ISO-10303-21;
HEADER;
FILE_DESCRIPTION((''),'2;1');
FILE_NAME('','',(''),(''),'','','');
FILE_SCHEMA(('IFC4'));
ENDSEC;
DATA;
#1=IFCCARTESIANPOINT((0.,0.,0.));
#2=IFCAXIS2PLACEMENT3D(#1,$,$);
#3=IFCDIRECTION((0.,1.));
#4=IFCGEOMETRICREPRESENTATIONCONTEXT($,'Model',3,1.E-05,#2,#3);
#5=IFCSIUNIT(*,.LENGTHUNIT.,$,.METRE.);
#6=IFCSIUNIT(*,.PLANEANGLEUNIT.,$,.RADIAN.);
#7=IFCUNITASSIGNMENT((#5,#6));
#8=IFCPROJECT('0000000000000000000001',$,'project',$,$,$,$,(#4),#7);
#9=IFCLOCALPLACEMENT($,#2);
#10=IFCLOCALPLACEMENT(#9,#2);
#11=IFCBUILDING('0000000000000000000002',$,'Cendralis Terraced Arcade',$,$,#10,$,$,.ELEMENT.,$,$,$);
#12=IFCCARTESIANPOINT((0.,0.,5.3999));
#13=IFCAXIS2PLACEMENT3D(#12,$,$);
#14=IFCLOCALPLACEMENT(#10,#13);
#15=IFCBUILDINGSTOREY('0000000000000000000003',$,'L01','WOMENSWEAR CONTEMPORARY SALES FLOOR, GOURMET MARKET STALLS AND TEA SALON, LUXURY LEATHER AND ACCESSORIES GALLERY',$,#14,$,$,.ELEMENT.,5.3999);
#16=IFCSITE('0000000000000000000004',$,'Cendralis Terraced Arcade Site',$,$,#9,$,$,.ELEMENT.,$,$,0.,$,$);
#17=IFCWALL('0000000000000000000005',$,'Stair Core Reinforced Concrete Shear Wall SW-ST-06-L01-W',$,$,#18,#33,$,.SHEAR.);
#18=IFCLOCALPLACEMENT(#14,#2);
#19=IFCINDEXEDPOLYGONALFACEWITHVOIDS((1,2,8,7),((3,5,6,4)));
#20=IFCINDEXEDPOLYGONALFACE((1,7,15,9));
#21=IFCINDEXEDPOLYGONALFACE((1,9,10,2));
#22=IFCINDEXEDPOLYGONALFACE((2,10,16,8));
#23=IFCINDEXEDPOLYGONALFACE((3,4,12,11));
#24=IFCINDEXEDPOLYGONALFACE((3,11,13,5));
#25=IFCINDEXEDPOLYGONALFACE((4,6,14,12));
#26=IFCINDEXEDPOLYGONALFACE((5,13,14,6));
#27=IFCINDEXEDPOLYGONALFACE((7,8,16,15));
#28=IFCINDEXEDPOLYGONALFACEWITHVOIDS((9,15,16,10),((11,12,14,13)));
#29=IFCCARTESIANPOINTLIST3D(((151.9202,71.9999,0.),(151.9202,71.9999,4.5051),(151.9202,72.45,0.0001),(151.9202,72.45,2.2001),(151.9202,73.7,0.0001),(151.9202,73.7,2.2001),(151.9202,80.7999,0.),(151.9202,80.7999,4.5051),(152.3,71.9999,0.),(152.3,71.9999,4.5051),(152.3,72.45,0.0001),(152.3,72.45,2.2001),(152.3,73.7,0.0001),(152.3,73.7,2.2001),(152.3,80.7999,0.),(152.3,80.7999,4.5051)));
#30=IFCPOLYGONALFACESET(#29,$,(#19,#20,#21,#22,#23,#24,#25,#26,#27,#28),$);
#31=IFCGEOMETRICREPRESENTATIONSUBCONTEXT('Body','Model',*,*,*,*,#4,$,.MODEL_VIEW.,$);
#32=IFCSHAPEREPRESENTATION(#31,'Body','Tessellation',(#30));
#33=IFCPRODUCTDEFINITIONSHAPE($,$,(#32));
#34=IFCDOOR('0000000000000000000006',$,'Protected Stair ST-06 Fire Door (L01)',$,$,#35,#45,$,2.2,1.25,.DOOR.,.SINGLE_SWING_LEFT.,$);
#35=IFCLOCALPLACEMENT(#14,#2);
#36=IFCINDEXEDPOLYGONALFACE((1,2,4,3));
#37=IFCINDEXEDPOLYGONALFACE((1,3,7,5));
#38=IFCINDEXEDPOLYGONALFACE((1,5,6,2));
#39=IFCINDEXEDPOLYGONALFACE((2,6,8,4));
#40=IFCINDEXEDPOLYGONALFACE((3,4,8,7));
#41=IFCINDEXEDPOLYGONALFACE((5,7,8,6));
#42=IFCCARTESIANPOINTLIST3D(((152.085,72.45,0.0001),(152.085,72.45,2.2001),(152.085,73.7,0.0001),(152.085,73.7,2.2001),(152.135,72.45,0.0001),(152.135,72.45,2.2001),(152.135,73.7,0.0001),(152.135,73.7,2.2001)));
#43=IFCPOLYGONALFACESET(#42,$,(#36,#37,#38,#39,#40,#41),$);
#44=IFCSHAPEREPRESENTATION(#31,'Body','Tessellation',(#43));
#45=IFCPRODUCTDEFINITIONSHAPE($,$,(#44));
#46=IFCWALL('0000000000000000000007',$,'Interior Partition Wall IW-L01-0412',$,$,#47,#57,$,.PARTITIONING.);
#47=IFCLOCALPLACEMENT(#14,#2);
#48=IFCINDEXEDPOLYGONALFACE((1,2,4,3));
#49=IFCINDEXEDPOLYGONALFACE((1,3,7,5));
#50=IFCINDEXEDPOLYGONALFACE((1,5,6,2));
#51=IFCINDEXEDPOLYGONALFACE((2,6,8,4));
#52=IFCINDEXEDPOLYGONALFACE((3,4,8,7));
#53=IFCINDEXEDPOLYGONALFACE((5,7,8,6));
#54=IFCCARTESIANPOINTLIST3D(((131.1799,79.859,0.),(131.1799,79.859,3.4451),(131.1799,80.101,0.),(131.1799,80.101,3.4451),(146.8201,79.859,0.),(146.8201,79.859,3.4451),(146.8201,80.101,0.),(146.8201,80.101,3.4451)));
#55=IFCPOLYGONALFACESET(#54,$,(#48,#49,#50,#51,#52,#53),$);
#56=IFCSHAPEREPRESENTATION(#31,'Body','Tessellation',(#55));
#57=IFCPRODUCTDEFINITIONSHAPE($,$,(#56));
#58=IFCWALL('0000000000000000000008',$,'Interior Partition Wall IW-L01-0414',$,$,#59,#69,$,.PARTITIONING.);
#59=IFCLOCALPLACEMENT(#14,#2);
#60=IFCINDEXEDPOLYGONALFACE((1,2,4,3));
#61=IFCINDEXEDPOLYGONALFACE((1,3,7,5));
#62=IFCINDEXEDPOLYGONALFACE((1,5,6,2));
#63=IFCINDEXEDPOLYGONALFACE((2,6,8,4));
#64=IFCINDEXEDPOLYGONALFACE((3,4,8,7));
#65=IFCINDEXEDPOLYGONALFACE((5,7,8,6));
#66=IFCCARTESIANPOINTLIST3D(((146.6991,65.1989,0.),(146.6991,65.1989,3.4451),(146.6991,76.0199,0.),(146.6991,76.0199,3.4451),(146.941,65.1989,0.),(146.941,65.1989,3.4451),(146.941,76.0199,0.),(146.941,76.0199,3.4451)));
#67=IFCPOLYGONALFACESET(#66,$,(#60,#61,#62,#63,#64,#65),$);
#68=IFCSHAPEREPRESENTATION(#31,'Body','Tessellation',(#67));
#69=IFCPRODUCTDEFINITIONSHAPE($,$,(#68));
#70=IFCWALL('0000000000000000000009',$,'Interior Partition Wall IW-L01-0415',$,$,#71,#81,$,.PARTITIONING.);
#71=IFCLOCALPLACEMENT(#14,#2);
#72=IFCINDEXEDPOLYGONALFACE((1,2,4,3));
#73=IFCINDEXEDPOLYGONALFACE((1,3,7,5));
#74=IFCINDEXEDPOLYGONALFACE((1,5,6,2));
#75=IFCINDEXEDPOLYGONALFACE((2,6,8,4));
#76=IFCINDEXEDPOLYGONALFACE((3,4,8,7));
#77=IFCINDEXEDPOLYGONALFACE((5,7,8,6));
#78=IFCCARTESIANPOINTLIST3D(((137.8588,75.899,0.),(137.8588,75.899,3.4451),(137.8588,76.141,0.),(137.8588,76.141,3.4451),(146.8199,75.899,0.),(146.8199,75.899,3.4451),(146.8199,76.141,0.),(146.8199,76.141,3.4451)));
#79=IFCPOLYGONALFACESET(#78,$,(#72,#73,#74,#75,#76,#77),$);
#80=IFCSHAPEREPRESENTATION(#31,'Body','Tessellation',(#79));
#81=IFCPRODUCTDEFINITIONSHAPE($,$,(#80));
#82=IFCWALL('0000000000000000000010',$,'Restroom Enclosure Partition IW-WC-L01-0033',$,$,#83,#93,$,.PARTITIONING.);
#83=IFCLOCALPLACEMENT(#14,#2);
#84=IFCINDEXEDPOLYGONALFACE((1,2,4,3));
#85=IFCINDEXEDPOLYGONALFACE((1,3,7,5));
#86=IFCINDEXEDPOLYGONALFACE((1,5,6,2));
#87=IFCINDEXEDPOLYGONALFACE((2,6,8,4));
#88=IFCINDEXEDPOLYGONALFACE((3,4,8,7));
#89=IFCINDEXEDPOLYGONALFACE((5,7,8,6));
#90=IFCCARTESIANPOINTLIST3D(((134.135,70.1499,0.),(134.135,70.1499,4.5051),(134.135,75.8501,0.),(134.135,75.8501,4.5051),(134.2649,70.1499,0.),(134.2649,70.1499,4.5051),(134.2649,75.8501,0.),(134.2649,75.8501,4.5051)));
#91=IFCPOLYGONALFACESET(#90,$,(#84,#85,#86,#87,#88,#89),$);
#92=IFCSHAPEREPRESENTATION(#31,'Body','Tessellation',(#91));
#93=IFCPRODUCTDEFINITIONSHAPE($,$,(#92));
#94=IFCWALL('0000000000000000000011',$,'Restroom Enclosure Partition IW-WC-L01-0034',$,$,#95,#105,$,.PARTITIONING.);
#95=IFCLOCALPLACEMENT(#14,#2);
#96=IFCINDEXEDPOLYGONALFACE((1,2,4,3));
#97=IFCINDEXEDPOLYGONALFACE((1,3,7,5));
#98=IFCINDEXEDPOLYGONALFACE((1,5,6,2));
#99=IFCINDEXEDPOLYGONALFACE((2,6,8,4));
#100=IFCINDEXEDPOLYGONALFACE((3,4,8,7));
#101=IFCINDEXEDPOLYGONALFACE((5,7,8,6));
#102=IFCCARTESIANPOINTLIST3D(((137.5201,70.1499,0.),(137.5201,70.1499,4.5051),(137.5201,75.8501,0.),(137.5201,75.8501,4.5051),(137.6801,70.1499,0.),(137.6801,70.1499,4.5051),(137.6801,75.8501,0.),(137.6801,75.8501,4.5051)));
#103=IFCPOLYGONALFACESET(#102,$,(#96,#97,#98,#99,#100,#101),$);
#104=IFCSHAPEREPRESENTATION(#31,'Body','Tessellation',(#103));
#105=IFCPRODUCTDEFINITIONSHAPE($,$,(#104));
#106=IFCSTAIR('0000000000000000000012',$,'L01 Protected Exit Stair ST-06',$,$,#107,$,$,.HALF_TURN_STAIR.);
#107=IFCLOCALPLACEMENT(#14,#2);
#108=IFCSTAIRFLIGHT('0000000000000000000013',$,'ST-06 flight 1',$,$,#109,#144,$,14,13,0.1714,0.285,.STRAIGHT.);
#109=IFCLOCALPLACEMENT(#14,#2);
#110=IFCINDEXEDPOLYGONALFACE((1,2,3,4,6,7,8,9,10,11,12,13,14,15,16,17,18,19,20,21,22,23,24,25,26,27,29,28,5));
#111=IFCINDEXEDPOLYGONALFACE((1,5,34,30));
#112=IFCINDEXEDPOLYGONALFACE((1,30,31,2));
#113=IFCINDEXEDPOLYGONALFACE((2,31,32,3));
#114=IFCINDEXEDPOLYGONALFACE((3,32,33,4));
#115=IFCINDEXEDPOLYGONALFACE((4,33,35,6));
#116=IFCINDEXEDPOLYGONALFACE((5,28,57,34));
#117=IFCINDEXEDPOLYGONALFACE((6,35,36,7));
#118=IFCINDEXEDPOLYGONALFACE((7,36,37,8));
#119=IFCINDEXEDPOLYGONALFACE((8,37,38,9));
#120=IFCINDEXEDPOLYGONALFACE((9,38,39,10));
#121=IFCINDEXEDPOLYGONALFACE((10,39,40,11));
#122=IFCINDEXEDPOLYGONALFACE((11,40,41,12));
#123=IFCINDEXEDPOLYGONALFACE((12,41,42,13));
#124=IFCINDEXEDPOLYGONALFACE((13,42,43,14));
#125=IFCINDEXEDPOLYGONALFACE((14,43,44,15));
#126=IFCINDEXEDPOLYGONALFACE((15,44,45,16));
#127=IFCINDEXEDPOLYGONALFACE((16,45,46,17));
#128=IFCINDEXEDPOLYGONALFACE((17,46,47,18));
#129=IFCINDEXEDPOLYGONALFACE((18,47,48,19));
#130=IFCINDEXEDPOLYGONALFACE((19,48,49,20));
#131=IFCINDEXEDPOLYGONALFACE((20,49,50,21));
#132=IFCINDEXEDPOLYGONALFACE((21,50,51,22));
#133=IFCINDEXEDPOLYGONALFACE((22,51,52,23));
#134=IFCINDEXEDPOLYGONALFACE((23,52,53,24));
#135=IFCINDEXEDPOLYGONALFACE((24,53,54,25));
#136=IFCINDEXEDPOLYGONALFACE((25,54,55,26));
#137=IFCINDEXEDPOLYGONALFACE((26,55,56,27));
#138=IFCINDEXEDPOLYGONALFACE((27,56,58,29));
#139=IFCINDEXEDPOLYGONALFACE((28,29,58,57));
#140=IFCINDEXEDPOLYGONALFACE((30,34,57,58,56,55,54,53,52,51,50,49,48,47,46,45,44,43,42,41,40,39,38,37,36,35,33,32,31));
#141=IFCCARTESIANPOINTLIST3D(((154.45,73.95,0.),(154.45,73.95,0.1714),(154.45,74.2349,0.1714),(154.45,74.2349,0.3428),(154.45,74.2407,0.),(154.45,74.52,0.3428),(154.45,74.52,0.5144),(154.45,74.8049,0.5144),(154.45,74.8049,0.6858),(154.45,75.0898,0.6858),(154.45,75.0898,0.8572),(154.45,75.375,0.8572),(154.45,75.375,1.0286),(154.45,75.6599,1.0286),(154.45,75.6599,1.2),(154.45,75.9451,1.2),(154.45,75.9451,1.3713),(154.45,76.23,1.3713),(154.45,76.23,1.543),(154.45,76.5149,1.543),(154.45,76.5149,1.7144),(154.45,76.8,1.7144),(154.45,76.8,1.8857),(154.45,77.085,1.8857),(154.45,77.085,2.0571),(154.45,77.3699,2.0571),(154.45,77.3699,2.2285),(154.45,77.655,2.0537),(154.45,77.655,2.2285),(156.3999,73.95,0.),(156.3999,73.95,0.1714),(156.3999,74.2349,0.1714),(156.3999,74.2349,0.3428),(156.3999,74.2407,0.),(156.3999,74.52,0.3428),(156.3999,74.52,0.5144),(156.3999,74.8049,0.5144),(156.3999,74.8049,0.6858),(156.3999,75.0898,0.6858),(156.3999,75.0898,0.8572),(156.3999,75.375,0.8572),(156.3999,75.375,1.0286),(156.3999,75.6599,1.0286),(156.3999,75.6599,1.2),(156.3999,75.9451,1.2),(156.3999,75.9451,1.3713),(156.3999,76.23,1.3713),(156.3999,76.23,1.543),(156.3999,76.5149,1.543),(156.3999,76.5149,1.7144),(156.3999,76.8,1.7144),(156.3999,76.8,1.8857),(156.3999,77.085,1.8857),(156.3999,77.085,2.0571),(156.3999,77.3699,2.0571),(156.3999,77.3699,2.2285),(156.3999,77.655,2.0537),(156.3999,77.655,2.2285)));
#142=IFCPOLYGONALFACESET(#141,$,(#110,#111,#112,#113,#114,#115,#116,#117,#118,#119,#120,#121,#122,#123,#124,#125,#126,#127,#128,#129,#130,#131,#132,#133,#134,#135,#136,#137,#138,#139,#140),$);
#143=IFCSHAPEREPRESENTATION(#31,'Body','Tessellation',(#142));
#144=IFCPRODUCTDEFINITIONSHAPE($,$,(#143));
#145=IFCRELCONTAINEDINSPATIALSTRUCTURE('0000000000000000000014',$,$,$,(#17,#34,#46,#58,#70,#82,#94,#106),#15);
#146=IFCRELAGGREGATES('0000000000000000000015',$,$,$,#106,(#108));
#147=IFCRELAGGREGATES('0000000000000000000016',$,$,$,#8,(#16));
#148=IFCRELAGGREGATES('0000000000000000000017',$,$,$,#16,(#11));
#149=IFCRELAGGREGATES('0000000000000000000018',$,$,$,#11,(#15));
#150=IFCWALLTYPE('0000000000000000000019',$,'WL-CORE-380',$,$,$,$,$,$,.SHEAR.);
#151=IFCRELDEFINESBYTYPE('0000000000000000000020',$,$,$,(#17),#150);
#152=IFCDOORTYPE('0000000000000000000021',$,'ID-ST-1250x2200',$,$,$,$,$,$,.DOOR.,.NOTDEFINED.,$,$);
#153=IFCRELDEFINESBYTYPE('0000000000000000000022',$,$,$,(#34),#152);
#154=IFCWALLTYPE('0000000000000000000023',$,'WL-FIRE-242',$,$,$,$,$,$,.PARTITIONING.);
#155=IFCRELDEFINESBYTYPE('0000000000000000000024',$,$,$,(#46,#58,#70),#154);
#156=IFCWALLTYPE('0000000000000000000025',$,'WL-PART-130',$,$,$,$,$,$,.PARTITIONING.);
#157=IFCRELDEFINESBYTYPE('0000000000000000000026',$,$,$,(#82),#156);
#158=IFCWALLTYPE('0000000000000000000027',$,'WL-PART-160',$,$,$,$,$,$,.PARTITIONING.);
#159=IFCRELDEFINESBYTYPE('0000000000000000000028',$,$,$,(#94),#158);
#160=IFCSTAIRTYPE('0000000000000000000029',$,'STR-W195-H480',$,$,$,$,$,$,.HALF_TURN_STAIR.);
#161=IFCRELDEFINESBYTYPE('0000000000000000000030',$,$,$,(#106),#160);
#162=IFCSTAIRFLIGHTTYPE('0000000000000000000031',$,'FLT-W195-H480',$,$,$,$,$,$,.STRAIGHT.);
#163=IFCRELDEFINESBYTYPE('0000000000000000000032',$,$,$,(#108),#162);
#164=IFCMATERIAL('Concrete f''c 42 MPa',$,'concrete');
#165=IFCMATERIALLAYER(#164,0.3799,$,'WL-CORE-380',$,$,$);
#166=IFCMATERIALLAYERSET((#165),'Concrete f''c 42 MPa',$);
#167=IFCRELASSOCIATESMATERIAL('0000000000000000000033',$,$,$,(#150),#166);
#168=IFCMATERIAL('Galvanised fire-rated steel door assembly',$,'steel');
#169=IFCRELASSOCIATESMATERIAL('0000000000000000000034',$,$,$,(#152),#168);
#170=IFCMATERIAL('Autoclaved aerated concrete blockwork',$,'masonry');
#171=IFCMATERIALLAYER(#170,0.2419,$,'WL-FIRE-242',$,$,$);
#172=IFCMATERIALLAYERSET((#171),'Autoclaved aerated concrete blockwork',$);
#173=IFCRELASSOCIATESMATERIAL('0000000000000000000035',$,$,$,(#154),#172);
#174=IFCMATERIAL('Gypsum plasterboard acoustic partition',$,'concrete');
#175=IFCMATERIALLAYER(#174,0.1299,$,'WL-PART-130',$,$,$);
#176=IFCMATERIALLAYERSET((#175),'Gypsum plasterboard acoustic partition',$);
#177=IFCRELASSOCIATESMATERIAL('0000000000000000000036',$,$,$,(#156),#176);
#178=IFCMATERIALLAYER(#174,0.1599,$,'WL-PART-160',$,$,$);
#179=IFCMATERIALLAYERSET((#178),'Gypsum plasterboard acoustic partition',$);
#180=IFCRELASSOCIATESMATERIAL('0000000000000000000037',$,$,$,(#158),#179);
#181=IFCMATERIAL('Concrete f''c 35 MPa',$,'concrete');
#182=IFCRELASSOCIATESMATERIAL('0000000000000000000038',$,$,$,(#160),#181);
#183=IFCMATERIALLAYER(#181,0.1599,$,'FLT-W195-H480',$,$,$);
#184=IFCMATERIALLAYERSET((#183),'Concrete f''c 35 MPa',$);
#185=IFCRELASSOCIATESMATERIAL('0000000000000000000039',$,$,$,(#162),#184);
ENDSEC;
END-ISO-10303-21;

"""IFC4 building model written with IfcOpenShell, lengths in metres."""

from ifc_helpers import new_model, si_unit, direction, frame, frame_2d, origin, place, context, subcontext, project, spatial, polyline, rectangle, outline, extrude, material, layer, layer_set, type_object, element, fill, aggregate, save


model = new_model("IFC4")

# Units and contexts
model_context = context("Model", 3, precision=1e-05, world=origin(), true_north=direction((0.0, 1.0)))
body_context = subcontext(model_context, "Body", "Model", "MODEL_VIEW")
ifc_project = project(units=[si_unit("LENGTHUNIT", "METRE"), si_unit("PLANEANGLEUNIT", "RADIAN")], contexts=[model_context])

# Site, building, storey
site_placement = place(None, origin())
site = spatial("IfcSite", under=ifc_project, at=site_placement, Name="Cendralis Terraced Arcade Site", CompositionType="ELEMENT", RefElevation=0.0)
building_placement = place(site_placement, origin())
building = spatial("IfcBuilding", under=site, at=building_placement, Name="Cendralis Terraced Arcade", CompositionType="ELEMENT")
storey_placement = place(building_placement, frame((0.0, 0.0, 5.3999)))
storey = spatial("IfcBuildingStorey", under=building, at=storey_placement, Name="L01", Description="WOMENSWEAR CONTEMPORARY SALES FLOOR, GOURMET MARKET STALLS AND TEA SALON, LUXURY LEATHER AND ACCESSORIES GALLERY", CompositionType="ELEMENT", Elevation=5.3999)

# Shared definitions
ifc_material_1 = material(Name="Concrete f'c 42 MPa", Category="concrete")

# Shared definitions
ifc_material_2 = material(Name="Concrete f'c 35 MPa", Category="concrete")

# Shared definitions
ifc_layer_1 = layer(ifc_material_1, 0.3799, Name="WL-CORE-380")
ifc_layer_set_1 = layer_set([ifc_layer_1], Name="Concrete f'c 42 MPa")
wall_type_1 = type_object("IfcWallType", Name="WL-CORE-380", PredefinedType="SHEAR", material=ifc_layer_set_1)

# Wall, opening, door
wall_1_placement = place(storey_placement, frame((152.1101, 72.0, 0.0), z_axis=(0.0, 0.0, 1.0), x_axis=(0.0, 1.0, 0.0)))
wall_1 = element("IfcWall", 1, at=wall_1_placement, inside=storey, type_object=wall_type_1, Name="Stair Core Reinforced Concrete Shear Wall SW-ST-06-L01-W", PredefinedType="SHEAR", context=body_context, shape_type="SweptSolid", body=[
    extrude(rectangle(XDim=8.8, YDim=0.3799, at=frame_2d((4.3999, 0.0))), origin(), (0.0, 0.0, 1.0), 4.5051),
])
opening_1_placement = place(wall_1_placement, frame((0.45, 0.0, 0.0)))
opening_1 = element("IfcOpeningElement", 2, at=opening_1_placement, cuts=wall_1, PredefinedType="OPENING", context=body_context, shape_type="SweptSolid", body=[
    extrude(rectangle(XDim=1.25, YDim=2.2, at=frame_2d((0.625, 1.1001))), frame((0.0, 0.2019, 0.0), z_axis=(0.0, -1.0, 0.0), x_axis=(1.0, 0.0, 0.0)), (0.0, 0.0, 1.0), 0.4038),
])
ifc_material_3 = material(Name="Galvanised fire-rated steel door assembly", Category="steel")
door_type_1 = type_object("IfcDoorType", Name="ID-ST-1250x2200", OperationType="NOTDEFINED", PredefinedType="DOOR", material=ifc_material_3)
door_1_placement = place(opening_1_placement, frame((1.25, 0.0, 0.0), z_axis=(0.0, 0.0, 1.0), x_axis=(-1.0, 0.0, 0.0)))
door_1 = element("IfcDoor", 3, at=door_1_placement, inside=storey, type_object=door_type_1, Name="Protected Stair ST-06 Fire Door (L01)", OperationType="SINGLE_SWING_LEFT", OverallHeight=2.2, OverallWidth=1.25, PredefinedType="DOOR", context=body_context, shape_type="SweptSolid", body=[
    extrude(rectangle(XDim=1.25, YDim=2.2, at=frame_2d((0.625, 1.1001))), frame((0.0, 0.0249, 0.0), z_axis=(0.0, -1.0, 0.0), x_axis=(1.0, 0.0, 0.0)), (0.0, 0.0, 1.0), 0.05),
])
fill(opening_1, door_1)

# Walls
ifc_material_4 = material(Name="Autoclaved aerated concrete blockwork", Category="masonry")
ifc_layer_2 = layer(ifc_material_4, 0.2419, Name="WL-FIRE-242")
ifc_layer_set_2 = layer_set([ifc_layer_2], Name="Autoclaved aerated concrete blockwork")
wall_type_2 = type_object("IfcWallType", Name="WL-FIRE-242", PredefinedType="PARTITIONING", material=ifc_layer_set_2)
wall_2_placement = place(storey_placement, frame((146.8201, 79.98, 0.0), z_axis=(0.0, 0.0, 1.0), x_axis=(-1.0, 0.0, 0.0)))
element("IfcWall", 4, at=wall_2_placement, inside=storey, type_object=wall_type_2, Name="Interior Partition Wall IW-L01-0412", PredefinedType="PARTITIONING", context=body_context, shape_type="SweptSolid", body=[
    extrude(rectangle(XDim=15.6401, YDim=0.2419, at=frame_2d((7.8201, 0.0))), origin(), (0.0, 0.0, 1.0), 3.4451),
])
wall_3_placement = place(storey_placement, frame((146.8201, 76.02, 0.0), z_axis=(0.0, 0.0, 1.0), x_axis=(0.0, -1.0, 0.0)))
element("IfcWall", 5, at=wall_3_placement, inside=storey, type_object=wall_type_2, Name="Interior Partition Wall IW-L01-0414", PredefinedType="PARTITIONING", context=body_context, shape_type="SweptSolid", body=[
    extrude(rectangle(XDim=10.821, YDim=0.2419, at=frame_2d((5.4106, 0.0))), origin(), (0.0, 0.0, 1.0), 3.4451),
])
wall_4_placement = place(storey_placement, frame((137.8589, 76.02, 0.0), z_axis=(0.0, 0.0, 1.0), x_axis=(1.0, 0.0, 0.0)))
element("IfcWall", 6, at=wall_4_placement, inside=storey, type_object=wall_type_2, Name="Interior Partition Wall IW-L01-0415", PredefinedType="PARTITIONING", context=body_context, shape_type="SweptSolid", body=[
    extrude(rectangle(XDim=8.9612, YDim=0.2419, at=frame_2d((4.4805, 0.0))), origin(), (0.0, 0.0, 1.0), 3.4451),
])
ifc_material_5 = material(Name="Gypsum plasterboard acoustic partition", Category="concrete")
ifc_layer_3 = layer(ifc_material_5, 0.1299, Name="WL-PART-130")
ifc_layer_set_3 = layer_set([ifc_layer_3], Name="Gypsum plasterboard acoustic partition")
wall_type_3 = type_object("IfcWallType", Name="WL-PART-130", PredefinedType="PARTITIONING", material=ifc_layer_set_3)
wall_5_placement = place(storey_placement, frame((134.2, 70.1499, 0.0), z_axis=(0.0, 0.0, 1.0), x_axis=(0.0, 1.0, 0.0)))
element("IfcWall", 7, at=wall_5_placement, inside=storey, type_object=wall_type_3, Name="Restroom Enclosure Partition IW-WC-L01-0033", PredefinedType="PARTITIONING", context=body_context, shape_type="SweptSolid", body=[
    extrude(rectangle(XDim=5.7002, YDim=0.1299, at=frame_2d((2.8501, 0.0))), origin(), (0.0, 0.0, 1.0), 4.5051),
])
ifc_layer_4 = layer(ifc_material_5, 0.1599, Name="WL-PART-160")
ifc_layer_set_4 = layer_set([ifc_layer_4], Name="Gypsum plasterboard acoustic partition")
wall_type_4 = type_object("IfcWallType", Name="WL-PART-160", PredefinedType="PARTITIONING", material=ifc_layer_set_4)
wall_6_placement = place(storey_placement, frame((137.6001, 70.1499, 0.0), z_axis=(0.0, 0.0, 1.0), x_axis=(0.0, 1.0, 0.0)))
element("IfcWall", 8, at=wall_6_placement, inside=storey, type_object=wall_type_4, Name="Restroom Enclosure Partition IW-WC-L01-0034", PredefinedType="PARTITIONING", context=body_context, shape_type="SweptSolid", body=[
    extrude(rectangle(XDim=5.7002, YDim=0.1599, at=frame_2d((2.8501, 0.0))), origin(), (0.0, 0.0, 1.0), 4.5051),
])

# Stair, stair flight
stair_type = type_object("IfcStairType", Name="STR-W195-H480", PredefinedType="HALF_TURN_STAIR", material=ifc_material_2)
stair_placement = place(storey_placement, origin())
stair = element("IfcStair", 9, at=stair_placement, inside=storey, type_object=stair_type, Name="L01 Protected Exit Stair ST-06", PredefinedType="HALF_TURN_STAIR")
ifc_layer_5 = layer(ifc_material_2, 0.1599, Name="FLT-W195-H480")
ifc_layer_set_5 = layer_set([ifc_layer_5], Name="Concrete f'c 35 MPa")
stair_flight_type = type_object("IfcStairFlightType", Name="FLT-W195-H480", PredefinedType="STRAIGHT", material=ifc_layer_set_5)
stair_flight_1_placement = place(storey_placement, frame((155.425, 73.95, 0.0), z_axis=(0.0, 0.0, 1.0), x_axis=(0.0, 1.0, 0.0)))
stair_flight_1 = element("IfcStairFlight", 10, at=stair_flight_1_placement, type_object=stair_flight_type, Name="ST-06 flight 1", NumberOfRisers=14, NumberOfTreads=13, PredefinedType="STRAIGHT", RiserHeight=0.1714, TreadLength=0.285, context=body_context, shape_type="SweptSolid", body=[
    extrude(outline(polyline([(0.0, 0.0), (0.0, 0.1714), (0.2849, 0.1714), (0.2849, 0.3428), (0.5701, 0.3428), (0.5701, 0.5144), (0.855, 0.5144), (0.855, 0.6858), (1.1399, 0.6858), (1.1399, 0.8572), (1.425, 0.8572), (1.425, 1.0286), (1.71, 1.0286), (1.71, 1.2), (1.9951, 1.2), (1.9951, 1.3713), (2.28, 1.3713), (2.28, 1.543), (2.5649, 1.543), (2.5649, 1.7144), (2.8501, 1.7144), (2.8501, 1.8857), (3.135, 1.8857), (3.135, 2.0571), (3.4199, 2.0571), (3.4199, 2.2285), (3.7051, 2.2285), (3.7051, 2.3999), (3.7051, 2.0537), (0.2908, 0.0), (0.0, 0.0)])), frame((0.0, 0.9751, 0.0), z_axis=(0.0, -1.0, 0.0), x_axis=(1.0, 0.0, 0.0)), (0.0, 0.0, 1.0), 1.95),
])
aggregate(stair, [stair_flight_1])

save(model, "model.ifc")
